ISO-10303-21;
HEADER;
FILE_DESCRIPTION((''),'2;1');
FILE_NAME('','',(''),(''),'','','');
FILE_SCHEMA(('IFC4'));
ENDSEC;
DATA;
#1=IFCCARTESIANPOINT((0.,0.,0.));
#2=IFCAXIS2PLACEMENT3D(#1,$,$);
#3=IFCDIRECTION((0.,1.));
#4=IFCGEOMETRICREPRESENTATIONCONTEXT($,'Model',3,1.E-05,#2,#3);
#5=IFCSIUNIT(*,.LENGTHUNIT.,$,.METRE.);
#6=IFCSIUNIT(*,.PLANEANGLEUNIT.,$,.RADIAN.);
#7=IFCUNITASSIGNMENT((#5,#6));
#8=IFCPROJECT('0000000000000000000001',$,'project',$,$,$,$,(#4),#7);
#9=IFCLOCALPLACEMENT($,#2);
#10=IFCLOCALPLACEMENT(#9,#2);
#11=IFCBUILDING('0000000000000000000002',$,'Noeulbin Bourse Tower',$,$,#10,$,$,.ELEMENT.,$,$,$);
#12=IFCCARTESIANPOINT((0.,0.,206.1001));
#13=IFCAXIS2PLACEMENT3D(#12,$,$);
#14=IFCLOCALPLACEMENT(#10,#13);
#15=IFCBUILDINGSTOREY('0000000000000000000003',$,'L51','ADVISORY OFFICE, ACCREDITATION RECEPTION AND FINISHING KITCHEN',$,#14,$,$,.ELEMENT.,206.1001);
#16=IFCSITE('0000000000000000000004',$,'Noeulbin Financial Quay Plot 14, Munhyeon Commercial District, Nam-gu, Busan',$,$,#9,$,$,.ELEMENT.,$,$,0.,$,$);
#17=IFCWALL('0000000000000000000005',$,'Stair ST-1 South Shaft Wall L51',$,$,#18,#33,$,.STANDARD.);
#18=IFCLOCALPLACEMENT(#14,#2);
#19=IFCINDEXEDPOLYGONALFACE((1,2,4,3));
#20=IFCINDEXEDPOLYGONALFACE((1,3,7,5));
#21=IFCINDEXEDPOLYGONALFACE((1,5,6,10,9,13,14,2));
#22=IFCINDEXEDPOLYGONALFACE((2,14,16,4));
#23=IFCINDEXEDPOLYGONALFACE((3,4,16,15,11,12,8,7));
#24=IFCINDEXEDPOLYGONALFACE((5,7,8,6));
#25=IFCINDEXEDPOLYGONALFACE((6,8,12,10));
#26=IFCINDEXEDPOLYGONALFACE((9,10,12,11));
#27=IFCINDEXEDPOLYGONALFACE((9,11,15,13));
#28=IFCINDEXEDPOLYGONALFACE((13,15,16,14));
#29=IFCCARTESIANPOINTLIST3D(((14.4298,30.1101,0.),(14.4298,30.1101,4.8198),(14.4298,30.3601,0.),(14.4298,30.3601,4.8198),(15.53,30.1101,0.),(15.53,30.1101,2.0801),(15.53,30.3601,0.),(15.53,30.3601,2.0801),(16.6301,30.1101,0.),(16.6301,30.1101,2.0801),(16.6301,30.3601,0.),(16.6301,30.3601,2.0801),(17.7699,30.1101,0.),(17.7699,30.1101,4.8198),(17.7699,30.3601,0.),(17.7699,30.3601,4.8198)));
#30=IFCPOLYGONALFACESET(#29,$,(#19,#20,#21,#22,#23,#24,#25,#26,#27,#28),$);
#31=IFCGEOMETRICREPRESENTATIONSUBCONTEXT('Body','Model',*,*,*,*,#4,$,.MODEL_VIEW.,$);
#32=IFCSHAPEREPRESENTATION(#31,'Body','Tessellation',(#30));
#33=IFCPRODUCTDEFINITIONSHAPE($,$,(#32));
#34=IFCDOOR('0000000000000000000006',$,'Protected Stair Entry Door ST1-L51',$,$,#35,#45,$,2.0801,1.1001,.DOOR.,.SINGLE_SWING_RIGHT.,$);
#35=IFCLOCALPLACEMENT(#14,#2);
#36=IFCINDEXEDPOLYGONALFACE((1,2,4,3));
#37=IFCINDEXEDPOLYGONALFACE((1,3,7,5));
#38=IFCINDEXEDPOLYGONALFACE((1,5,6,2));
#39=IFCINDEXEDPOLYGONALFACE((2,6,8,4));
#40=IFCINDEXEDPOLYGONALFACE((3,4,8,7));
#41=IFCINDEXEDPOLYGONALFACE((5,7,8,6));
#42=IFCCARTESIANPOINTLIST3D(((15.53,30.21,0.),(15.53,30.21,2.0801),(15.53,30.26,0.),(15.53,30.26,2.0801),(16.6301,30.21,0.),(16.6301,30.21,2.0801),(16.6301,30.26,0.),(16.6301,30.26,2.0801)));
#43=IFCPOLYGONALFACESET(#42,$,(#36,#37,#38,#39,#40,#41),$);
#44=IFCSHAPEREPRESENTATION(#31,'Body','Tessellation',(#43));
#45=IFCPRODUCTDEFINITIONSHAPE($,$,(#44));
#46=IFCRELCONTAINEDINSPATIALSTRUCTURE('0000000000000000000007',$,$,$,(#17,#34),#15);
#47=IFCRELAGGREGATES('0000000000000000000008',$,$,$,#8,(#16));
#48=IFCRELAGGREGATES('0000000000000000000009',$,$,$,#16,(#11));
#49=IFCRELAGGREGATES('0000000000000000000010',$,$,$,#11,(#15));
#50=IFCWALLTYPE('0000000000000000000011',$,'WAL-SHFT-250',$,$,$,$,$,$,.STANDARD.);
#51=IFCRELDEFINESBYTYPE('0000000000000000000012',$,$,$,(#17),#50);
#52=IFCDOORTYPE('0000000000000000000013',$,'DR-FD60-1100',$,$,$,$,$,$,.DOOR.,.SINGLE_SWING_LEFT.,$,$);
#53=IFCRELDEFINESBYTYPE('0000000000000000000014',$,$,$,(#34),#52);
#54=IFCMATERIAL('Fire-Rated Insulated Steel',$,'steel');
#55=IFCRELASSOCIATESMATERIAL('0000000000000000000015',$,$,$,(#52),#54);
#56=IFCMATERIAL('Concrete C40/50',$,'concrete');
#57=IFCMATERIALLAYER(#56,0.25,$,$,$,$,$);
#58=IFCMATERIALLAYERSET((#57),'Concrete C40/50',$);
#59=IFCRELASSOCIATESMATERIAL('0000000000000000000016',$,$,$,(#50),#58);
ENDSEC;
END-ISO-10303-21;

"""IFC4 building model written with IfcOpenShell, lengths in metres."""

from ifc_helpers import new_model, si_unit, direction, frame, frame_2d, origin, place, context, subcontext, project, spatial, rectangle, extrude, material, layer, layer_set, type_object, element, fill, save


model = new_model("IFC4")

# Units and contexts
model_context = context("Model", 3, precision=1e-05, world=origin(), true_north=direction((0.0, 1.0)))
body_context = subcontext(model_context, "Body", "Model", "MODEL_VIEW")
ifc_project = project(units=[si_unit("LENGTHUNIT", "METRE"), si_unit("PLANEANGLEUNIT", "RADIAN")], contexts=[model_context])

# Site, building, storey
site_placement = place(None, origin())
site = spatial("IfcSite", under=ifc_project, at=site_placement, Name="Noeulbin Financial Quay Plot 14, Munhyeon Commercial District, Nam-gu, Busan", CompositionType="ELEMENT", RefElevation=0.0)
building_placement = place(site_placement, origin())
building = spatial("IfcBuilding", under=site, at=building_placement, Name="Noeulbin Bourse Tower", CompositionType="ELEMENT")
storey_placement = place(building_placement, frame((0.0, 0.0, 206.1001)))
storey = spatial("IfcBuildingStorey", under=building, at=storey_placement, Name="L51", Description="ADVISORY OFFICE, ACCREDITATION RECEPTION AND FINISHING KITCHEN", CompositionType="ELEMENT", Elevation=206.1001)

# Shared definitions
ifc_material_1 = material(Name="Fire-Rated Insulated Steel", Category="steel")
door_type_1 = type_object("IfcDoorType", Name="DR-FD60-1100", OperationType="SINGLE_SWING_LEFT", PredefinedType="DOOR", material=ifc_material_1)

# Shared definitions
ifc_material_2 = material(Name="Concrete C40/50", Category="concrete")

# Wall, opening, door
ifc_layer_1 = layer(ifc_material_2, 0.25)
ifc_layer_set_1 = layer_set([ifc_layer_1], Name="Concrete C40/50")
wall_type_1 = type_object("IfcWallType", Name="WAL-SHFT-250", PredefinedType="STANDARD", material=ifc_layer_set_1)
wall_1_placement = place(storey_placement, frame((14.4299, 30.2351, 0.0), z_axis=(0.0, 0.0, 1.0), x_axis=(1.0, 0.0, 0.0)))
wall_1 = element("IfcWall", 1, at=wall_1_placement, inside=storey, type_object=wall_type_1, Name="Stair ST-1 South Shaft Wall L51", PredefinedType="STANDARD", context=body_context, shape_type="SweptSolid", body=[
    extrude(rectangle(XDim=3.3401, YDim=0.25, at=frame_2d((1.6699, 0.0))), origin(), (0.0, 0.0, 1.0), 4.8198),
])
opening_1_placement = place(wall_1_placement, frame((1.1001, 0.0, 0.0)))
opening_1 = element("IfcOpeningElement", 2, at=opening_1_placement, cuts=wall_1, PredefinedType="OPENING", context=body_context, shape_type="SweptSolid", body=[
    extrude(rectangle(XDim=1.1001, YDim=2.0801, at=frame_2d((0.55, 1.04))), frame((0.0, 0.135, 0.0), z_axis=(0.0, -1.0, 0.0), x_axis=(1.0, 0.0, 0.0)), (0.0, 0.0, 1.0), 0.27),
])
door_1_placement = place(opening_1_placement, origin())
door_1 = element("IfcDoor", 3, at=door_1_placement, inside=storey, type_object=door_type_1, Name="Protected Stair Entry Door ST1-L51", OperationType="SINGLE_SWING_RIGHT", OverallHeight=2.0801, OverallWidth=1.1001, PredefinedType="DOOR", context=body_context, shape_type="SweptSolid", body=[
    extrude(rectangle(XDim=1.1001, YDim=2.0801, at=frame_2d((0.55, 1.04))), frame((0.0, 0.0249, 0.0), z_axis=(0.0, -1.0, 0.0), x_axis=(1.0, 0.0, 0.0)), (0.0, 0.0, 1.0), 0.05),
])
fill(opening_1, door_1)

save(model, "model.ifc")
